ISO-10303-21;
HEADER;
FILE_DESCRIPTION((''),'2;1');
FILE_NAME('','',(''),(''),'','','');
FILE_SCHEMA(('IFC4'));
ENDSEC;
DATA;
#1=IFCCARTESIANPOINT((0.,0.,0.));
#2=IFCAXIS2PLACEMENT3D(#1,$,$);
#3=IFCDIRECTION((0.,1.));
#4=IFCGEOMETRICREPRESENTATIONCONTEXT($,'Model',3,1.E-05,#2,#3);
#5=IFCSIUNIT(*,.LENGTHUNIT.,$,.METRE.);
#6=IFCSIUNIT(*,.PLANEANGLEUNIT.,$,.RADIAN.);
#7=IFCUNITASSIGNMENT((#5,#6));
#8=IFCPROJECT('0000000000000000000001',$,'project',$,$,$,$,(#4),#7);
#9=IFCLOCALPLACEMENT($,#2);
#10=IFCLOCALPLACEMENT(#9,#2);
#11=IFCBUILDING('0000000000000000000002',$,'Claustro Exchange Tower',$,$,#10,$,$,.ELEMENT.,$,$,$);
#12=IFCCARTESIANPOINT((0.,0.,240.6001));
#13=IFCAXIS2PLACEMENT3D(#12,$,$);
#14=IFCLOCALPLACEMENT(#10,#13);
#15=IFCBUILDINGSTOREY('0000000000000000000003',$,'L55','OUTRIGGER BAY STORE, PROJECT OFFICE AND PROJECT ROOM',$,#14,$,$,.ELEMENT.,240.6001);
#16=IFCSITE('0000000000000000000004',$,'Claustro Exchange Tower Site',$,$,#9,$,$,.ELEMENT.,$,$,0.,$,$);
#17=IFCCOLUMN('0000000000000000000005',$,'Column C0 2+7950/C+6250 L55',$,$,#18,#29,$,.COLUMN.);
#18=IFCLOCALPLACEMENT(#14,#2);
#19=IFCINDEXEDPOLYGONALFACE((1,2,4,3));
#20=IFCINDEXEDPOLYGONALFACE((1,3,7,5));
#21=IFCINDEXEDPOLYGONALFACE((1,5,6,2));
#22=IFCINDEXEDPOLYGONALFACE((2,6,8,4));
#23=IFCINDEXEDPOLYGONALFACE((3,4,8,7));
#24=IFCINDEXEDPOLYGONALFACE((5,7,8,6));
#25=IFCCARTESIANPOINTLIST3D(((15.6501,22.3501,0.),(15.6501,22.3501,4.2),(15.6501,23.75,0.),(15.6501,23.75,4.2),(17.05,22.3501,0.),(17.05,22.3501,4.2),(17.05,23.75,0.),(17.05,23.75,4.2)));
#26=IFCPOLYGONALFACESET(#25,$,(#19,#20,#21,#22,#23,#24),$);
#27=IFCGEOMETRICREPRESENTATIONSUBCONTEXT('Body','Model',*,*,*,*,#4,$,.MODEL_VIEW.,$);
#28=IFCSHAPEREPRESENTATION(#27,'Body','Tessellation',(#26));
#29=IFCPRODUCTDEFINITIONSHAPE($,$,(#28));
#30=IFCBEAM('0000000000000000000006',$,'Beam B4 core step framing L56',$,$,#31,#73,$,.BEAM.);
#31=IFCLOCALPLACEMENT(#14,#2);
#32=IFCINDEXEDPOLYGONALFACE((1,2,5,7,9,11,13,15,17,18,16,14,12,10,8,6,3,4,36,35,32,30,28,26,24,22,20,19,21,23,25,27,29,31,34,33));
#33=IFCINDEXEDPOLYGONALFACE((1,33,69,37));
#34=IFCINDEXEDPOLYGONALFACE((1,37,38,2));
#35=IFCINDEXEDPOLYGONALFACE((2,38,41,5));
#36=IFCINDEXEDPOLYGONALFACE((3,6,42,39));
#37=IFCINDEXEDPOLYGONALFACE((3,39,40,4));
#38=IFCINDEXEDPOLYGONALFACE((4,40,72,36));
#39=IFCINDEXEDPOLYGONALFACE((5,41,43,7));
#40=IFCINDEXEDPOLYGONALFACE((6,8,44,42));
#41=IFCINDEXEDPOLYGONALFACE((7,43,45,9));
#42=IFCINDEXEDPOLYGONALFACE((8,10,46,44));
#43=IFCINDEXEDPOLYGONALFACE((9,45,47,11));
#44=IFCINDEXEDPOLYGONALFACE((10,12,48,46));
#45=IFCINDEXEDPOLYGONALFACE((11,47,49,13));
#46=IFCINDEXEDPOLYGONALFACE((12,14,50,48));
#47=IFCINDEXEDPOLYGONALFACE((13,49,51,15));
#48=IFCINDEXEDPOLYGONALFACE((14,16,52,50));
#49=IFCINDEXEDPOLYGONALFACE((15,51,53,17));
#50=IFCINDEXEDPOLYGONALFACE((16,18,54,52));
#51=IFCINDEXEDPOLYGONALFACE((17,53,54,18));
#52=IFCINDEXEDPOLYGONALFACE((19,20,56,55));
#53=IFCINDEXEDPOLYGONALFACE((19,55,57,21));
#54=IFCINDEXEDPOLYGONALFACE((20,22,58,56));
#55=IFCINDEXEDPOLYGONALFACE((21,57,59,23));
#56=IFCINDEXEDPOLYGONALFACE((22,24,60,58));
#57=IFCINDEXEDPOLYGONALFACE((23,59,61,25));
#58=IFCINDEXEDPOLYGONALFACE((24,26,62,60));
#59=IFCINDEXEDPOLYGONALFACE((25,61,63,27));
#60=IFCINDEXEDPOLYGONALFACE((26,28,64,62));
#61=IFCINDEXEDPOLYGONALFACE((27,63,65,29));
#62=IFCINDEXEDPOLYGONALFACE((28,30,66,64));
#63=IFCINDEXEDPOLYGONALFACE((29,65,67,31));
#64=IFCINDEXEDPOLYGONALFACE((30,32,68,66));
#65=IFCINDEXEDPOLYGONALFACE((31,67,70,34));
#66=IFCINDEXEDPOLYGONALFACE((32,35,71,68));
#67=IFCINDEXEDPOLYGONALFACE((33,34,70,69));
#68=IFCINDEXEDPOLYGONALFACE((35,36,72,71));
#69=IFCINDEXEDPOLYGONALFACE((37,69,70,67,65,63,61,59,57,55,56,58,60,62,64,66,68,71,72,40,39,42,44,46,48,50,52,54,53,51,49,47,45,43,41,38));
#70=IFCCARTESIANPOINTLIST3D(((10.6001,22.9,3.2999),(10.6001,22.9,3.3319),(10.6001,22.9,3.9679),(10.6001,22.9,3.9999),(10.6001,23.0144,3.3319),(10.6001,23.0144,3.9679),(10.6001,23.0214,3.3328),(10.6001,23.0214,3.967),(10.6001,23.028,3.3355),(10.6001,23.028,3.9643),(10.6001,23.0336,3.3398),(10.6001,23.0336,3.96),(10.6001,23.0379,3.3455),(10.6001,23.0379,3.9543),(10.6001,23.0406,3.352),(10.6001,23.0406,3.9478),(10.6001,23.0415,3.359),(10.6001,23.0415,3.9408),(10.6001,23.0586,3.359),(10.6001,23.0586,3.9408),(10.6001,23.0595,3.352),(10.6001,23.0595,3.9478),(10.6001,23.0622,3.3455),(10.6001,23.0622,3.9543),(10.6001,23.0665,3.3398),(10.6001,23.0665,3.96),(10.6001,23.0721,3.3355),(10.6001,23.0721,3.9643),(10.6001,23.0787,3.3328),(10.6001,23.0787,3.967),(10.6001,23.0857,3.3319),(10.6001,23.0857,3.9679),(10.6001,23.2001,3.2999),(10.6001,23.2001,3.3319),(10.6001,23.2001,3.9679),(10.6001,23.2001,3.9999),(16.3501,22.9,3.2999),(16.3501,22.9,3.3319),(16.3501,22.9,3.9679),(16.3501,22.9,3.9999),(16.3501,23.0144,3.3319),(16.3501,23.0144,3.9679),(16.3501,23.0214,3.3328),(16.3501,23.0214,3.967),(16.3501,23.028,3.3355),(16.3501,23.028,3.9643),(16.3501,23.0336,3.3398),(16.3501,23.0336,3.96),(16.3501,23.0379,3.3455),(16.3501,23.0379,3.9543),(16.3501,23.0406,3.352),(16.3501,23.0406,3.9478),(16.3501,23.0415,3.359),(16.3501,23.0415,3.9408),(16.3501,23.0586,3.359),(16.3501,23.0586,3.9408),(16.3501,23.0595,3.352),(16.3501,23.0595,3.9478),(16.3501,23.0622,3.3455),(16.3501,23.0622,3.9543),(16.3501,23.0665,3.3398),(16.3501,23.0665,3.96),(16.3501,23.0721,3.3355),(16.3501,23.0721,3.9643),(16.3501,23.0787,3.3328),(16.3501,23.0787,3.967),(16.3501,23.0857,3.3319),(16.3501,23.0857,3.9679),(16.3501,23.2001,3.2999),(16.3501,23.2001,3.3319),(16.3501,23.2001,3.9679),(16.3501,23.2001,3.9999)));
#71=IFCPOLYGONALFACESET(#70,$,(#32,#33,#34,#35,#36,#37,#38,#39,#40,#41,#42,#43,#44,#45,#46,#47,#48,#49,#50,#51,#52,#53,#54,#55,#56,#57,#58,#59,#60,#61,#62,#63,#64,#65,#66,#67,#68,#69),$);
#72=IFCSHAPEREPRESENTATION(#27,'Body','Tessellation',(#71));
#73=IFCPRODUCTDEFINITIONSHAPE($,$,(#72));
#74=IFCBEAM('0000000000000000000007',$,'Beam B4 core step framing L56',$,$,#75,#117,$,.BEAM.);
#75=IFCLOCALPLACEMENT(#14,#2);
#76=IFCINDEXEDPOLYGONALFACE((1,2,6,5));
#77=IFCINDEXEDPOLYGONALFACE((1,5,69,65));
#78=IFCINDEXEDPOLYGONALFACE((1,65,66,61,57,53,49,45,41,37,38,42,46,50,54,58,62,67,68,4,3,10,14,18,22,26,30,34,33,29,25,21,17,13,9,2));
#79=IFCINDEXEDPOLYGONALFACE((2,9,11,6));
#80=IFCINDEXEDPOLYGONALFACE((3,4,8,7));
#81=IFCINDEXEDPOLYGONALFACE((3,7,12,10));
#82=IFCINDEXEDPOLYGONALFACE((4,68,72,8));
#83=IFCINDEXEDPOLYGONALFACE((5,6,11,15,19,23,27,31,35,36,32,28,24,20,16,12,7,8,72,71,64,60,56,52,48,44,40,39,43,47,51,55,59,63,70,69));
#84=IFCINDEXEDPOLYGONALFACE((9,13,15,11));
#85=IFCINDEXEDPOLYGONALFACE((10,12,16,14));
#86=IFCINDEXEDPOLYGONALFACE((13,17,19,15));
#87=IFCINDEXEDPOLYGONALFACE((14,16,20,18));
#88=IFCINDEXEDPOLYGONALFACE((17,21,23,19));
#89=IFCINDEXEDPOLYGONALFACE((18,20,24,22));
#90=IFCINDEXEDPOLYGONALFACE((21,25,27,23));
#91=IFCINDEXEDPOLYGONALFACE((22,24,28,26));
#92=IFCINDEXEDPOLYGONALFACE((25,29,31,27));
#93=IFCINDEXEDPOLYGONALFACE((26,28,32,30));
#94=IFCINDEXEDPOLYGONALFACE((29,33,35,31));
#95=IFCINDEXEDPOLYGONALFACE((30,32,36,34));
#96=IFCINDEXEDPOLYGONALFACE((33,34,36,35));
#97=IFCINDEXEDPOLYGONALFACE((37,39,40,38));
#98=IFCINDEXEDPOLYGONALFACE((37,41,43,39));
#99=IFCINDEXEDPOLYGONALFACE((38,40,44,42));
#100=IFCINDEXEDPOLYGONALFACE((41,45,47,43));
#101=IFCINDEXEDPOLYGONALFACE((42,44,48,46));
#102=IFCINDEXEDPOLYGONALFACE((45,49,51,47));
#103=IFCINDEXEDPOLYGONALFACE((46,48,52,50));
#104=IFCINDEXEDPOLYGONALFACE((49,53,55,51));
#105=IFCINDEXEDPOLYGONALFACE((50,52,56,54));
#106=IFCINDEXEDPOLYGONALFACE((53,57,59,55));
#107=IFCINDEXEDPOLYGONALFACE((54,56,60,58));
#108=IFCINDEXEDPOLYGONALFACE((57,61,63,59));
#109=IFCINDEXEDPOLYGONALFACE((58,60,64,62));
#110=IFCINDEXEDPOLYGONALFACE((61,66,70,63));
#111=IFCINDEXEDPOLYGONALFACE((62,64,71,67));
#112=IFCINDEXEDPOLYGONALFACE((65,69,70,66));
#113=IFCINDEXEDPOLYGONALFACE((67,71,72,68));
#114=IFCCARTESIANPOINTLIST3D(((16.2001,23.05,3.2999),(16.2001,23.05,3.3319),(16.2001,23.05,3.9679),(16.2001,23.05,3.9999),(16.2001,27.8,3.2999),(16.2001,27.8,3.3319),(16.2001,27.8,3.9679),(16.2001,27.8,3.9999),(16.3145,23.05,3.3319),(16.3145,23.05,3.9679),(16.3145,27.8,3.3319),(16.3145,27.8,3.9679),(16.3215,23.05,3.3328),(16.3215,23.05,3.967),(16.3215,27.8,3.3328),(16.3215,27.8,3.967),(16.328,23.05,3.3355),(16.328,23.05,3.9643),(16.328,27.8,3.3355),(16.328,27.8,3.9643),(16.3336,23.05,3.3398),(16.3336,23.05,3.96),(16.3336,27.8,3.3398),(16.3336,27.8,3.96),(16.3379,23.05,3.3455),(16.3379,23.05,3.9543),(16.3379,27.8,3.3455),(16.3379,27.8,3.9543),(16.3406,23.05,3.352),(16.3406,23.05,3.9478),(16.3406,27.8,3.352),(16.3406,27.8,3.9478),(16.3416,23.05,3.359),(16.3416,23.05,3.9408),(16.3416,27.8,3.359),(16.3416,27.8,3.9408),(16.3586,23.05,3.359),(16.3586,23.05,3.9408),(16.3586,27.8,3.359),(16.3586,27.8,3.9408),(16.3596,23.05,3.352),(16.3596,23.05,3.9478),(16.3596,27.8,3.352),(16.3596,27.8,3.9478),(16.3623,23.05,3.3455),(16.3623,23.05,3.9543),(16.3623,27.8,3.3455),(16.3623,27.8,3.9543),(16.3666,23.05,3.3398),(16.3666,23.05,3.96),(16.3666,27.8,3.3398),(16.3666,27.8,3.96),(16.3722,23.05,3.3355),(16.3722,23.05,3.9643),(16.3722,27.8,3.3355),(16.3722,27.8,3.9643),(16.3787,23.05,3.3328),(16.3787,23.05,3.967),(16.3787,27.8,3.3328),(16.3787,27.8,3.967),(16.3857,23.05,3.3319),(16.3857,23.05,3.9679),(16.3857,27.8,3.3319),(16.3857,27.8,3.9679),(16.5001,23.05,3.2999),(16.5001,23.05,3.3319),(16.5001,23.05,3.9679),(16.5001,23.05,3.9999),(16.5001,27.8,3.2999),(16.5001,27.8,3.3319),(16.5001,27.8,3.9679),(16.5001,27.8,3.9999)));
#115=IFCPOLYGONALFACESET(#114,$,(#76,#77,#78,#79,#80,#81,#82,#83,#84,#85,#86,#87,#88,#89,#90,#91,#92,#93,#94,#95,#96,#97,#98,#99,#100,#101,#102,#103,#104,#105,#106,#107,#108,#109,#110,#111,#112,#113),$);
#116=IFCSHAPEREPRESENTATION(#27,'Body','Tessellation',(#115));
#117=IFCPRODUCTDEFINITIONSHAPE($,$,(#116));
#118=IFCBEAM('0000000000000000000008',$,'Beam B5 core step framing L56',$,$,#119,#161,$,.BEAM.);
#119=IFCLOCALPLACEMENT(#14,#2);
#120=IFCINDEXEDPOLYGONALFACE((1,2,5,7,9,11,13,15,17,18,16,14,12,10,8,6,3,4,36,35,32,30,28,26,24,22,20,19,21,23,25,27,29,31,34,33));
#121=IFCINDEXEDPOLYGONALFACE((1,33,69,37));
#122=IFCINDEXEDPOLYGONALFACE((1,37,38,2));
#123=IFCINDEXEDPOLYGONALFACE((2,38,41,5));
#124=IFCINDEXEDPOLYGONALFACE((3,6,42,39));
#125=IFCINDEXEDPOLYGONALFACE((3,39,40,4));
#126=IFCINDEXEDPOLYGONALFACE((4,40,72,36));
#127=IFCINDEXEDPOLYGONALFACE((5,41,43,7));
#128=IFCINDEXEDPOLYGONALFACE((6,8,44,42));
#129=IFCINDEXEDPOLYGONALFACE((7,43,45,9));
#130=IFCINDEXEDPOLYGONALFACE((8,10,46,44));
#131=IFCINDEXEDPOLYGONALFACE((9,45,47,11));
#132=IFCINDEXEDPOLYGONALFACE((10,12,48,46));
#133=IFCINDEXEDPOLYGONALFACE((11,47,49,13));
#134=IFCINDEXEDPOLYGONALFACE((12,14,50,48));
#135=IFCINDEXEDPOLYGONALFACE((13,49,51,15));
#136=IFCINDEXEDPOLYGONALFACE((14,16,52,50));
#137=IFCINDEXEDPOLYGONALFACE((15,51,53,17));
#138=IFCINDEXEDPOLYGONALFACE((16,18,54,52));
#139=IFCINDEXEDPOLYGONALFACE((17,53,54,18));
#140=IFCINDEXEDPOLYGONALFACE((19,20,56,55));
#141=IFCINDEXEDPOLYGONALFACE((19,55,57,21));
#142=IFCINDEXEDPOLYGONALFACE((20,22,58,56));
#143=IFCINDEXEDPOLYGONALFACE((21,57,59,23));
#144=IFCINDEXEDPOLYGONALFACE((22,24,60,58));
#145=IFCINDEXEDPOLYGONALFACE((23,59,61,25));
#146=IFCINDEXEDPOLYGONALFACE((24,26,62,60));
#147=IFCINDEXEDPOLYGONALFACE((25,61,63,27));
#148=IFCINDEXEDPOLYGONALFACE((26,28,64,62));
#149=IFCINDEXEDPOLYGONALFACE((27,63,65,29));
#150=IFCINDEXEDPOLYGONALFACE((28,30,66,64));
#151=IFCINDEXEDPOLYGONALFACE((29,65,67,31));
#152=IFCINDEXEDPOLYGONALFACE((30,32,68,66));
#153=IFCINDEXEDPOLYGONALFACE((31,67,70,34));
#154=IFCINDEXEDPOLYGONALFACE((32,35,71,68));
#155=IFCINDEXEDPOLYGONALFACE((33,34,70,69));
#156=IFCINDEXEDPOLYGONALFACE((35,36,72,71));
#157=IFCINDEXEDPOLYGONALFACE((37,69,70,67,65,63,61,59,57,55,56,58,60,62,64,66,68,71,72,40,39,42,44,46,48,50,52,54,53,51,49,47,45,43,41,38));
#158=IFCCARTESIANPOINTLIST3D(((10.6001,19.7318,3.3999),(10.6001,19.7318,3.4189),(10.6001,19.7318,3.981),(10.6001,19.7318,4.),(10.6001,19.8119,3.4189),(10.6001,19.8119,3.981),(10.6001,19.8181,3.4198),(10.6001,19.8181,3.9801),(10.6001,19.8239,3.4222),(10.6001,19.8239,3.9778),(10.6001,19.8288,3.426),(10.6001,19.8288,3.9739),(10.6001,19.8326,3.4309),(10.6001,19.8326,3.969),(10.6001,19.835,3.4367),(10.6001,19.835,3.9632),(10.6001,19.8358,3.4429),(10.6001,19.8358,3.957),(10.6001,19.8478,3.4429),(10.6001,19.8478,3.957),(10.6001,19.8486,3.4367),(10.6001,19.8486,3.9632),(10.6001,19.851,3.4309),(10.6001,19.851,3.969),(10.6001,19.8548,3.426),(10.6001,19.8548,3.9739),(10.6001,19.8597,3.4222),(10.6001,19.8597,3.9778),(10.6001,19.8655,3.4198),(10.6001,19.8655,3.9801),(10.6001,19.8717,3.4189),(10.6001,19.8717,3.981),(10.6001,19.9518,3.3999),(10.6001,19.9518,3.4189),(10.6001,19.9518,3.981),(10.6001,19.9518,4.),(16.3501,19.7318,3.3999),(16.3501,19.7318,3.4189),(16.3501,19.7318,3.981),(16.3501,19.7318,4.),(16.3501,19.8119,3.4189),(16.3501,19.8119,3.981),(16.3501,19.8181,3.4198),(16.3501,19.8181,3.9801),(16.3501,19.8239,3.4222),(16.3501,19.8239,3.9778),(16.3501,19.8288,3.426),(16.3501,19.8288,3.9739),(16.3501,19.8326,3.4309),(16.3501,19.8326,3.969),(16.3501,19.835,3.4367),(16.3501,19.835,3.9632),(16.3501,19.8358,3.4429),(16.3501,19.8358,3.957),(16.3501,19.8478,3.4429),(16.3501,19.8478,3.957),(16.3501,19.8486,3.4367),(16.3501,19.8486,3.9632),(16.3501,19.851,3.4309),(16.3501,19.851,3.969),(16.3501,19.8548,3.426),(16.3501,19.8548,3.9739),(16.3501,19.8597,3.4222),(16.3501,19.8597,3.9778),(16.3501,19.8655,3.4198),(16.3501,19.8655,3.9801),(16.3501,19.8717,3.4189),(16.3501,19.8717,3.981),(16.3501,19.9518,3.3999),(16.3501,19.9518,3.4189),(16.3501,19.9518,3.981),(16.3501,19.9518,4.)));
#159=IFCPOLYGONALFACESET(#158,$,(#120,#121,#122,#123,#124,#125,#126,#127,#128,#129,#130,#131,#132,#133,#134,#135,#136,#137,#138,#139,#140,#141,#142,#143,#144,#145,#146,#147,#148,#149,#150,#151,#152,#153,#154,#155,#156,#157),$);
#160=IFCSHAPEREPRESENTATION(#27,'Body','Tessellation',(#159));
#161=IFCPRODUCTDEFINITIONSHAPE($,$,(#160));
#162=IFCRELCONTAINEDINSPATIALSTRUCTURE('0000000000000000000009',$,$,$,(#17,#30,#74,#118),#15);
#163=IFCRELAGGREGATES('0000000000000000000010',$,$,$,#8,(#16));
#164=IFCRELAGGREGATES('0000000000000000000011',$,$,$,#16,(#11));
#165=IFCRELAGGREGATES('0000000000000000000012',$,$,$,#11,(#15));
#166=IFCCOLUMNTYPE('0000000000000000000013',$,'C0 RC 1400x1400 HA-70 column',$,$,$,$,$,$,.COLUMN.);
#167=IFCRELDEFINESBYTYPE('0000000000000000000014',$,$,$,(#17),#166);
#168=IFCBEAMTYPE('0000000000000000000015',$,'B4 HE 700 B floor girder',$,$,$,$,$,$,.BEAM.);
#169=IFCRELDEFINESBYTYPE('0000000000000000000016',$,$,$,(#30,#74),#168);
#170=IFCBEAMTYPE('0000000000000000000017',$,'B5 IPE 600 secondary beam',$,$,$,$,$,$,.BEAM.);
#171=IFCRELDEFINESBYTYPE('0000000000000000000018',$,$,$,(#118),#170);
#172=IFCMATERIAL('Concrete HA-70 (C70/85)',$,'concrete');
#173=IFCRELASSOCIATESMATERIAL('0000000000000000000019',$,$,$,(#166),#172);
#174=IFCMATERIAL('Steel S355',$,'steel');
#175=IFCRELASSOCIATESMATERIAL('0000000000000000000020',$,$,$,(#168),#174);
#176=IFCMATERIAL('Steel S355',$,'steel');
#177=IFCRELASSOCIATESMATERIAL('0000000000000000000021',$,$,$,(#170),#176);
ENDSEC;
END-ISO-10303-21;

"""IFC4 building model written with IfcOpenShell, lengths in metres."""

from ifc_helpers import new_model, si_unit, direction, frame, origin, origin_2d, place, context, subcontext, project, spatial, rectangle, i_section, extrude, material, material_profile, profile_set, type_object, element, save


model = new_model("IFC4")

# Units and contexts
model_context = context("Model", 3, precision=1e-05, world=origin(), true_north=direction((0.0, 1.0)))
body_context = subcontext(model_context, "Body", "Model", "MODEL_VIEW")
ifc_project = project(units=[si_unit("LENGTHUNIT", "METRE"), si_unit("PLANEANGLEUNIT", "RADIAN")], contexts=[model_context])

# Site, building, storey
site_placement = place(None, origin())
site = spatial("IfcSite", under=ifc_project, at=site_placement, Name="Claustro Exchange Tower Site", CompositionType="ELEMENT", RefElevation=0.0)
building_placement = place(site_placement, origin())
building = spatial("IfcBuilding", under=site, at=building_placement, Name="Claustro Exchange Tower", CompositionType="ELEMENT")
storey_placement = place(building_placement, frame((0.0, 0.0, 240.6001)))
storey = spatial("IfcBuildingStorey", under=building, at=storey_placement, Name="L55", Description="OUTRIGGER BAY STORE, PROJECT OFFICE AND PROJECT ROOM", CompositionType="ELEMENT", Elevation=240.6001)

# Column
ifc_material_1 = material(Name="Concrete HA-70 (C70/85)", Category="concrete")
ifc_material_profile_1 = material_profile(ifc_material_1, rectangle(XDim=1.3999, YDim=1.3999, at=origin_2d()), Name="RC 1400x1400")
ifc_profile_set_1 = profile_set([ifc_material_profile_1], Name="Concrete HA-70 (C70/85)")
column_type = type_object("IfcColumnType", Name="C0 RC 1400x1400 HA-70 column", PredefinedType="COLUMN", material=ifc_profile_set_1)
column_placement = place(storey_placement, frame((16.3501, 23.05, 0.0), z_axis=(0.0, 0.0, 1.0), x_axis=(1.0, 0.0, 0.0)))
element("IfcColumn", 1, at=column_placement, inside=storey, type_object=column_type, Name="Column C0 2+7950/C+6250 L55", PredefinedType="COLUMN", context=body_context, shape_type="SweptSolid", body=[
    extrude(rectangle(XDim=1.3999, YDim=1.3999, at=origin_2d()), origin(), (0.0, 0.0, 1.0), 4.2),
])

# Beams
ifc_material_2 = material(Name="Steel S355", Category="steel")
ifc_material_profile_2 = material_profile(ifc_material_2, i_section(OverallWidth=0.3, OverallDepth=0.7, WebThickness=0.0171, FlangeThickness=0.032, FilletRadius=0.0271, at=origin_2d()), Name="HE 700 B")
ifc_profile_set_2 = profile_set([ifc_material_profile_2], Name="Steel S355")
beam_type_1 = type_object("IfcBeamType", Name="B4 HE 700 B floor girder", PredefinedType="BEAM", material=ifc_profile_set_2)
beam_1_placement = place(storey_placement, frame((10.6001, 23.05, 3.6499), z_axis=(1.0, 0.0, 0.0), x_axis=(0.0, 1.0, 0.0)))
element("IfcBeam", 2, at=beam_1_placement, inside=storey, type_object=beam_type_1, Name="Beam B4 core step framing L56", PredefinedType="BEAM", context=body_context, shape_type="SweptSolid", body=[
    extrude(i_section(OverallWidth=0.3, OverallDepth=0.7, WebThickness=0.0171, FlangeThickness=0.032, FilletRadius=0.0271, at=origin_2d()), origin(), (0.0, 0.0, 1.0), 5.75),
])
beam_2_placement = place(storey_placement, frame((16.3501, 23.05, 3.6499), z_axis=(0.0, 1.0, 0.0), x_axis=(-1.0, 0.0, 0.0)))
element("IfcBeam", 3, at=beam_2_placement, inside=storey, type_object=beam_type_1, Name="Beam B4 core step framing L56", PredefinedType="BEAM", context=body_context, shape_type="SweptSolid", body=[
    extrude(i_section(OverallWidth=0.3, OverallDepth=0.7, WebThickness=0.0171, FlangeThickness=0.032, FilletRadius=0.0271, at=origin_2d()), origin(), (0.0, 0.0, 1.0), 4.75),
])
ifc_material_3 = material(Name="Steel S355", Category="steel")
ifc_material_profile_3 = material_profile(ifc_material_3, i_section(OverallWidth=0.22, OverallDepth=0.6001, WebThickness=0.012, FlangeThickness=0.019, FilletRadius=0.0239, at=origin_2d()), Name="IPE 600")
ifc_profile_set_3 = profile_set([ifc_material_profile_3], Name="Steel S355")
beam_type_2 = type_object("IfcBeamType", Name="B5 IPE 600 secondary beam", PredefinedType="BEAM", material=ifc_profile_set_3)
for number, where, z_axis, x_axis, name in (
    (4, (10.6001, 19.8418, 3.7), (1.0, 0.0, 0.0), (0.0, 1.0, 0.0), "Beam B5 core step framing L56"),
):
    element("IfcBeam", number, at=place(storey_placement, frame(where, z_axis=z_axis, x_axis=x_axis)), inside=storey, type_object=beam_type_2, Name=name, PredefinedType="BEAM", context=body_context, shape_type="SweptSolid", body=[
        extrude(i_section(OverallWidth=0.22, OverallDepth=0.6001, WebThickness=0.012, FlangeThickness=0.019, FilletRadius=0.0239, at=origin_2d()), origin(), (0.0, 0.0, 1.0), 5.75),
    ])

save(model, "model.ifc")
